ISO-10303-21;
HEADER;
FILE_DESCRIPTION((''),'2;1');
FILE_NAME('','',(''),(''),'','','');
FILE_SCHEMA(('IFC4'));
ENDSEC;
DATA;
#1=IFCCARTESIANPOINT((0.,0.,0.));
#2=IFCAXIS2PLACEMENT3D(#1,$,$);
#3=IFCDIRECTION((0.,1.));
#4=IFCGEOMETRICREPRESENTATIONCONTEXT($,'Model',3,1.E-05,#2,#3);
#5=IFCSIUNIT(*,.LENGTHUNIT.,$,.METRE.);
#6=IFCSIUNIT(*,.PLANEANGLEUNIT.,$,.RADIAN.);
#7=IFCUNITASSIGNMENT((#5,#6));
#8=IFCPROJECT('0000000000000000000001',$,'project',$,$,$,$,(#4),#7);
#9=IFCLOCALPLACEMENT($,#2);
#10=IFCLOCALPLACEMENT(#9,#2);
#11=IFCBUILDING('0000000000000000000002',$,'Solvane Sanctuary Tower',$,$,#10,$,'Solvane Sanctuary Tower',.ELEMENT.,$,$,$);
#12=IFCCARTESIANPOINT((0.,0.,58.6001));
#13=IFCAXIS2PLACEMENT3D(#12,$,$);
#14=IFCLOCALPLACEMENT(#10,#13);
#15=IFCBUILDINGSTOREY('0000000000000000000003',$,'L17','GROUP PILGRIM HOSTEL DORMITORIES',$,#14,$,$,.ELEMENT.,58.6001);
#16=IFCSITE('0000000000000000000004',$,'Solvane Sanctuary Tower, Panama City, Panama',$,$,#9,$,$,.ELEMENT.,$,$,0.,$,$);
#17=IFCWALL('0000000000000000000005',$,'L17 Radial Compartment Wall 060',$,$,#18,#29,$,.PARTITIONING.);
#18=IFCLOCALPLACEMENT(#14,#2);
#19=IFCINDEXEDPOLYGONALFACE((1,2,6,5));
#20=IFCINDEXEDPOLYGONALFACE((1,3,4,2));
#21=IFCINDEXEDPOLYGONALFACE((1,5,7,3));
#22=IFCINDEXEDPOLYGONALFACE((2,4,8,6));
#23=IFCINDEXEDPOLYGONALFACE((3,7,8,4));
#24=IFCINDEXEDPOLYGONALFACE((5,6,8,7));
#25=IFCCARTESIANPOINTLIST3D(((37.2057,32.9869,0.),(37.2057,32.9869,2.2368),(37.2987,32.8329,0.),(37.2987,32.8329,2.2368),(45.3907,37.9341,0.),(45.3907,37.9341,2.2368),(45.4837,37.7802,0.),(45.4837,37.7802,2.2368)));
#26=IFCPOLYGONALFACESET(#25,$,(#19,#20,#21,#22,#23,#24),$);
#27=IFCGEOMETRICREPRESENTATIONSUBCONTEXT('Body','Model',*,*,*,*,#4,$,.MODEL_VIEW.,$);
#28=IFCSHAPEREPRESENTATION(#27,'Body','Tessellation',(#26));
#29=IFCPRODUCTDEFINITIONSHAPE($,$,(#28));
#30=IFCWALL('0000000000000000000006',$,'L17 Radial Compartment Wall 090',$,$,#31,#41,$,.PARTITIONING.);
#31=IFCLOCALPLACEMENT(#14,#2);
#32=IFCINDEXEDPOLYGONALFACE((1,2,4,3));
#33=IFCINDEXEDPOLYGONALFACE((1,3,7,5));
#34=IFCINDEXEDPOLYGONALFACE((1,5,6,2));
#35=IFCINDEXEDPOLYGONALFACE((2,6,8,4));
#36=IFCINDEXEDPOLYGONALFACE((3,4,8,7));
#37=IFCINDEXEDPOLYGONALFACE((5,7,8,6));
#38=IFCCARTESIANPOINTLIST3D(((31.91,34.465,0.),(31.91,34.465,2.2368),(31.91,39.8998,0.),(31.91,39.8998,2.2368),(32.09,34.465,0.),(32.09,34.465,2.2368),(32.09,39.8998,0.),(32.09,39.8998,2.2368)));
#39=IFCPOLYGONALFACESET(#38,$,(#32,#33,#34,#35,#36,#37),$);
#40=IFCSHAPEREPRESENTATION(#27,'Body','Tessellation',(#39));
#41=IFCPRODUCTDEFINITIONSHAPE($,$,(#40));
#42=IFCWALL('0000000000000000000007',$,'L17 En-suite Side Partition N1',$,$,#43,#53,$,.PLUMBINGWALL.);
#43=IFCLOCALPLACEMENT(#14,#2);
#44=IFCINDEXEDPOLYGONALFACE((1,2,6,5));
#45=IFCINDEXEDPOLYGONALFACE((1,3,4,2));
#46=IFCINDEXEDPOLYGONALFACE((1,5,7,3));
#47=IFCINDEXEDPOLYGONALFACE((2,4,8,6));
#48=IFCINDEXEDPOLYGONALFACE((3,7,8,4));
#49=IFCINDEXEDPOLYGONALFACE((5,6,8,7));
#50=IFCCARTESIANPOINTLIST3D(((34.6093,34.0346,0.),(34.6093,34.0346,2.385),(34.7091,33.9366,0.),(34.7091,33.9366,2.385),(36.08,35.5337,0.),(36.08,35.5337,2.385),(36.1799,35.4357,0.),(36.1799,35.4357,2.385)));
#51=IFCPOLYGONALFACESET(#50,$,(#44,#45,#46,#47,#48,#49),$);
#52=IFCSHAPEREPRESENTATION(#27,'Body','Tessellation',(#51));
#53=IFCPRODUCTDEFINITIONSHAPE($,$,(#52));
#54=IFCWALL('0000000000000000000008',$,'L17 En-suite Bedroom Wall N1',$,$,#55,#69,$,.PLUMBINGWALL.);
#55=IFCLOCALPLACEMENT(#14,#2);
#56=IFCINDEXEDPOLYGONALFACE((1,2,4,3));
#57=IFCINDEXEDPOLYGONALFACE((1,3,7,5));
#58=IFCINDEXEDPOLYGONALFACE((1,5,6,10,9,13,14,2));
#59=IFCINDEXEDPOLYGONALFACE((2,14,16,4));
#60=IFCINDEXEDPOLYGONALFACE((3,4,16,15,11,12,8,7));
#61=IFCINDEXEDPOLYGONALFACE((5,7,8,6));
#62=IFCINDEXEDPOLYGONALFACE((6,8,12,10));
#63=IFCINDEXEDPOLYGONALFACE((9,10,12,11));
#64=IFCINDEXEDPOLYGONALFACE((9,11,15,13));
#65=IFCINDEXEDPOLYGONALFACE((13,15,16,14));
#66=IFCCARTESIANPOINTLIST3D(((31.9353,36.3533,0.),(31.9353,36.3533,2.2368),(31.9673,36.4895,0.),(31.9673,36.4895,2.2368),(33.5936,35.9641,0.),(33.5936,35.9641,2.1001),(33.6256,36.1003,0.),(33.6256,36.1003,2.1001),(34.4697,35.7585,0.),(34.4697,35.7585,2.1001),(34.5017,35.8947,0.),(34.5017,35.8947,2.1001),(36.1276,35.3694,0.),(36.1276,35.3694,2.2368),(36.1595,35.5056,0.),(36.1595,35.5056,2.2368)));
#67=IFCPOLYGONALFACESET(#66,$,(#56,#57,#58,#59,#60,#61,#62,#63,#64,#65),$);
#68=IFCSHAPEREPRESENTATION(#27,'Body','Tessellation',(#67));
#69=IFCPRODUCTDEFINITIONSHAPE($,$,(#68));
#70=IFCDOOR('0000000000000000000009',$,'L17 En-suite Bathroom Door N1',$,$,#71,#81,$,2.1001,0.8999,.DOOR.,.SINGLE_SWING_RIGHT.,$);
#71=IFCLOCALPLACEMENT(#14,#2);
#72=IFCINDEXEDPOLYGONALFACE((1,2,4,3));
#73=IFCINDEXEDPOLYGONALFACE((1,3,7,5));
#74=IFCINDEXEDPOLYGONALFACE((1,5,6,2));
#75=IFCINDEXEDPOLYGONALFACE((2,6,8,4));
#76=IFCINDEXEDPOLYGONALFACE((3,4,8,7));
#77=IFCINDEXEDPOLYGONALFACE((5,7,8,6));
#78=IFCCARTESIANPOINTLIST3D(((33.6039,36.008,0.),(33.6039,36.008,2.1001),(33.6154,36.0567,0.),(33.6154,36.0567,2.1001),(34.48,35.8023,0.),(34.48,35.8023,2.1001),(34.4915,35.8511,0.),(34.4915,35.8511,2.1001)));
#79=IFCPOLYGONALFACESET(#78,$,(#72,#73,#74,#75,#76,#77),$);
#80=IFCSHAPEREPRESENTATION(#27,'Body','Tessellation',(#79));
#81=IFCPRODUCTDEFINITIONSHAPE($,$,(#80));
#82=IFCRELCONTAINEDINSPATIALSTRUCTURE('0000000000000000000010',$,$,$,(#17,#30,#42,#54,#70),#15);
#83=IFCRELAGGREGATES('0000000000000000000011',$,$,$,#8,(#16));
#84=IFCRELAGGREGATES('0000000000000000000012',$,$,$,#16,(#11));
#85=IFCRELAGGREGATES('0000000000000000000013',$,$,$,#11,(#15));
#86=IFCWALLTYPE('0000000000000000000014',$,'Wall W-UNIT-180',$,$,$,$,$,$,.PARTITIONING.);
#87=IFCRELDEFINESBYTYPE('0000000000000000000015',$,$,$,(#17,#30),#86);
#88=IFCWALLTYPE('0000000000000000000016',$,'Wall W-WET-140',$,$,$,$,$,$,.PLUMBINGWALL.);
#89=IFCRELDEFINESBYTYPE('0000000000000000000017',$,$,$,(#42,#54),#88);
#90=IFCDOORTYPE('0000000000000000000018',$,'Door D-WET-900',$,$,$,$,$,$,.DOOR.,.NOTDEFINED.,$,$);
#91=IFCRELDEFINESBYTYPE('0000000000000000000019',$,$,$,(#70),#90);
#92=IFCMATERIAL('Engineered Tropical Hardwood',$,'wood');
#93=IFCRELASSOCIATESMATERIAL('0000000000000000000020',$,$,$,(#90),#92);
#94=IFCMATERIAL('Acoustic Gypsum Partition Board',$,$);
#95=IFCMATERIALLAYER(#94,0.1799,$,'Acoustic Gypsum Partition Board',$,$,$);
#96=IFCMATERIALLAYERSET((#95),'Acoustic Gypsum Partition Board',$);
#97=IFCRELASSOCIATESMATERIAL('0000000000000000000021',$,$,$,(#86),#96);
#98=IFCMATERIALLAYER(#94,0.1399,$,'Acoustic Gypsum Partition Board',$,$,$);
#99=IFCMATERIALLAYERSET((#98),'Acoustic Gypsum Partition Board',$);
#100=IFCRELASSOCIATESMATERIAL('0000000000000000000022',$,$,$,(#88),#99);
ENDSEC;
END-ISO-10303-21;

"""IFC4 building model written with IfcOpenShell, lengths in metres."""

from ifc_helpers import new_model, si_unit, direction, frame, frame_2d, origin, place, context, subcontext, project, spatial, rectangle, extrude, material, layer, layer_set, type_object, element, fill, save


model = new_model("IFC4")

# Units and contexts
model_context = context("Model", 3, precision=1e-05, world=origin(), true_north=direction((0.0, 1.0)))
body_context = subcontext(model_context, "Body", "Model", "MODEL_VIEW")
ifc_project = project(units=[si_unit("LENGTHUNIT", "METRE"), si_unit("PLANEANGLEUNIT", "RADIAN")], contexts=[model_context])

# Site, building, storey
site_placement = place(None, origin())
site = spatial("IfcSite", under=ifc_project, at=site_placement, Name="Solvane Sanctuary Tower, Panama City, Panama", CompositionType="ELEMENT", RefElevation=0.0)
building_placement = place(site_placement, origin())
building = spatial("IfcBuilding", under=site, at=building_placement, Name="Solvane Sanctuary Tower", LongName="Solvane Sanctuary Tower", CompositionType="ELEMENT")
storey_placement = place(building_placement, frame((0.0, 0.0, 58.6001)))
storey = spatial("IfcBuildingStorey", under=building, at=storey_placement, Name="L17", Description="GROUP PILGRIM HOSTEL DORMITORIES", CompositionType="ELEMENT", Elevation=58.6001)

# Shared definitions
ifc_material_1 = material(Name="Acoustic Gypsum Partition Board")

# Shared definitions
ifc_material_2 = material(Name="Engineered Tropical Hardwood", Category="wood")
door_type_1 = type_object("IfcDoorType", Name="Door D-WET-900", OperationType="NOTDEFINED", PredefinedType="DOOR", material=ifc_material_2)

# Walls
ifc_layer_1 = layer(ifc_material_1, 0.1799, Name="Acoustic Gypsum Partition Board")
ifc_layer_set_1 = layer_set([ifc_layer_1], Name="Acoustic Gypsum Partition Board")
wall_type_1 = type_object("IfcWallType", Name="Wall W-UNIT-180", PredefinedType="PARTITIONING", material=ifc_layer_set_1)
wall_1_placement = place(storey_placement, frame((37.2522, 32.9099, 0.0), z_axis=(0.0, 0.0, 1.0), x_axis=(0.855817, 0.517278, 0.0)))
element("IfcWall", 1, at=wall_1_placement, inside=storey, type_object=wall_type_1, Name="L17 Radial Compartment Wall 060", PredefinedType="PARTITIONING", context=body_context, shape_type="SweptSolid", body=[
    extrude(rectangle(XDim=9.564, YDim=0.1799, at=frame_2d((4.782, 0.0))), origin(), (0.0, 0.0, 1.0), 2.2368),
])
wall_2_placement = place(storey_placement, frame((32.0, 34.4651, 0.0), z_axis=(0.0, 0.0, 1.0), x_axis=(0.0, 1.0, 0.0)))
element("IfcWall", 2, at=wall_2_placement, inside=storey, type_object=wall_type_1, Name="L17 Radial Compartment Wall 090", PredefinedType="PARTITIONING", context=body_context, shape_type="SweptSolid", body=[
    extrude(rectangle(XDim=5.4348, YDim=0.1799, at=frame_2d((2.7173, 0.0))), origin(), (0.0, 0.0, 1.0), 2.2368),
])
ifc_layer_2 = layer(ifc_material_1, 0.1399, Name="Acoustic Gypsum Partition Board")
ifc_layer_set_2 = layer_set([ifc_layer_2], Name="Acoustic Gypsum Partition Board")
wall_type_2 = type_object("IfcWallType", Name="Wall W-WET-140", PredefinedType="PLUMBINGWALL", material=ifc_layer_set_2)
wall_3_placement = place(storey_placement, frame((34.6592, 33.9856, 0.0), z_axis=(0.0, 0.0, 1.0), x_axis=(0.700332, 0.713818, 0.0)))
element("IfcWall", 3, at=wall_3_placement, inside=storey, type_object=wall_type_2, Name="L17 En-suite Side Partition N1", PredefinedType="PLUMBINGWALL", context=body_context, shape_type="SweptSolid", body=[
    extrude(rectangle(XDim=2.1001, YDim=0.1399, at=frame_2d((1.05, 0.0))), origin(), (0.0, 0.0, 1.0), 2.385),
])

# Wall, opening, door
wall_4_placement = place(storey_placement, frame((36.1436, 35.4375, 0.0), z_axis=(0.0, 0.0, 1.0), x_axis=(-0.973546, 0.228489, 0.0)))
wall_4 = element("IfcWall", 4, at=wall_4_placement, inside=storey, type_object=wall_type_2, Name="L17 En-suite Bedroom Wall N1", PredefinedType="PLUMBINGWALL", context=body_context, shape_type="SweptSolid", body=[
    extrude(rectangle(XDim=4.3062, YDim=0.1399, at=frame_2d((2.1531, 0.0))), origin(), (0.0, 0.0, 1.0), 2.2368),
])
opening_1_placement = place(wall_4_placement, frame((1.7029, 0.0, 0.0)))
opening_1 = element("IfcOpeningElement", 5, at=opening_1_placement, cuts=wall_4, PredefinedType="OPENING", context=body_context, shape_type="SweptSolid", body=[
    extrude(rectangle(XDim=0.8999, YDim=2.1001, at=frame_2d((0.45, 1.05))), frame((0.0, 0.0798, 0.0), z_axis=(0.0, -1.0, 0.0), x_axis=(1.0, 0.0, 0.0)), (0.0, 0.0, 1.0), 0.1599),
])
door_1_placement = place(opening_1_placement, origin())
door_1 = element("IfcDoor", 6, at=door_1_placement, inside=storey, type_object=door_type_1, Name="L17 En-suite Bathroom Door N1", OperationType="SINGLE_SWING_RIGHT", OverallHeight=2.1001, OverallWidth=0.8999, PredefinedType="DOOR", context=body_context, shape_type="SweptSolid", body=[
    extrude(rectangle(XDim=0.8999, YDim=2.1001, at=frame_2d((0.45, 1.05))), frame((0.0, 0.0249, 0.0), z_axis=(0.0, -1.0, 0.0), x_axis=(1.0, 0.0, 0.0)), (0.0, 0.0, 1.0), 0.05),
])
fill(opening_1, door_1)

save(model, "model.ifc")
